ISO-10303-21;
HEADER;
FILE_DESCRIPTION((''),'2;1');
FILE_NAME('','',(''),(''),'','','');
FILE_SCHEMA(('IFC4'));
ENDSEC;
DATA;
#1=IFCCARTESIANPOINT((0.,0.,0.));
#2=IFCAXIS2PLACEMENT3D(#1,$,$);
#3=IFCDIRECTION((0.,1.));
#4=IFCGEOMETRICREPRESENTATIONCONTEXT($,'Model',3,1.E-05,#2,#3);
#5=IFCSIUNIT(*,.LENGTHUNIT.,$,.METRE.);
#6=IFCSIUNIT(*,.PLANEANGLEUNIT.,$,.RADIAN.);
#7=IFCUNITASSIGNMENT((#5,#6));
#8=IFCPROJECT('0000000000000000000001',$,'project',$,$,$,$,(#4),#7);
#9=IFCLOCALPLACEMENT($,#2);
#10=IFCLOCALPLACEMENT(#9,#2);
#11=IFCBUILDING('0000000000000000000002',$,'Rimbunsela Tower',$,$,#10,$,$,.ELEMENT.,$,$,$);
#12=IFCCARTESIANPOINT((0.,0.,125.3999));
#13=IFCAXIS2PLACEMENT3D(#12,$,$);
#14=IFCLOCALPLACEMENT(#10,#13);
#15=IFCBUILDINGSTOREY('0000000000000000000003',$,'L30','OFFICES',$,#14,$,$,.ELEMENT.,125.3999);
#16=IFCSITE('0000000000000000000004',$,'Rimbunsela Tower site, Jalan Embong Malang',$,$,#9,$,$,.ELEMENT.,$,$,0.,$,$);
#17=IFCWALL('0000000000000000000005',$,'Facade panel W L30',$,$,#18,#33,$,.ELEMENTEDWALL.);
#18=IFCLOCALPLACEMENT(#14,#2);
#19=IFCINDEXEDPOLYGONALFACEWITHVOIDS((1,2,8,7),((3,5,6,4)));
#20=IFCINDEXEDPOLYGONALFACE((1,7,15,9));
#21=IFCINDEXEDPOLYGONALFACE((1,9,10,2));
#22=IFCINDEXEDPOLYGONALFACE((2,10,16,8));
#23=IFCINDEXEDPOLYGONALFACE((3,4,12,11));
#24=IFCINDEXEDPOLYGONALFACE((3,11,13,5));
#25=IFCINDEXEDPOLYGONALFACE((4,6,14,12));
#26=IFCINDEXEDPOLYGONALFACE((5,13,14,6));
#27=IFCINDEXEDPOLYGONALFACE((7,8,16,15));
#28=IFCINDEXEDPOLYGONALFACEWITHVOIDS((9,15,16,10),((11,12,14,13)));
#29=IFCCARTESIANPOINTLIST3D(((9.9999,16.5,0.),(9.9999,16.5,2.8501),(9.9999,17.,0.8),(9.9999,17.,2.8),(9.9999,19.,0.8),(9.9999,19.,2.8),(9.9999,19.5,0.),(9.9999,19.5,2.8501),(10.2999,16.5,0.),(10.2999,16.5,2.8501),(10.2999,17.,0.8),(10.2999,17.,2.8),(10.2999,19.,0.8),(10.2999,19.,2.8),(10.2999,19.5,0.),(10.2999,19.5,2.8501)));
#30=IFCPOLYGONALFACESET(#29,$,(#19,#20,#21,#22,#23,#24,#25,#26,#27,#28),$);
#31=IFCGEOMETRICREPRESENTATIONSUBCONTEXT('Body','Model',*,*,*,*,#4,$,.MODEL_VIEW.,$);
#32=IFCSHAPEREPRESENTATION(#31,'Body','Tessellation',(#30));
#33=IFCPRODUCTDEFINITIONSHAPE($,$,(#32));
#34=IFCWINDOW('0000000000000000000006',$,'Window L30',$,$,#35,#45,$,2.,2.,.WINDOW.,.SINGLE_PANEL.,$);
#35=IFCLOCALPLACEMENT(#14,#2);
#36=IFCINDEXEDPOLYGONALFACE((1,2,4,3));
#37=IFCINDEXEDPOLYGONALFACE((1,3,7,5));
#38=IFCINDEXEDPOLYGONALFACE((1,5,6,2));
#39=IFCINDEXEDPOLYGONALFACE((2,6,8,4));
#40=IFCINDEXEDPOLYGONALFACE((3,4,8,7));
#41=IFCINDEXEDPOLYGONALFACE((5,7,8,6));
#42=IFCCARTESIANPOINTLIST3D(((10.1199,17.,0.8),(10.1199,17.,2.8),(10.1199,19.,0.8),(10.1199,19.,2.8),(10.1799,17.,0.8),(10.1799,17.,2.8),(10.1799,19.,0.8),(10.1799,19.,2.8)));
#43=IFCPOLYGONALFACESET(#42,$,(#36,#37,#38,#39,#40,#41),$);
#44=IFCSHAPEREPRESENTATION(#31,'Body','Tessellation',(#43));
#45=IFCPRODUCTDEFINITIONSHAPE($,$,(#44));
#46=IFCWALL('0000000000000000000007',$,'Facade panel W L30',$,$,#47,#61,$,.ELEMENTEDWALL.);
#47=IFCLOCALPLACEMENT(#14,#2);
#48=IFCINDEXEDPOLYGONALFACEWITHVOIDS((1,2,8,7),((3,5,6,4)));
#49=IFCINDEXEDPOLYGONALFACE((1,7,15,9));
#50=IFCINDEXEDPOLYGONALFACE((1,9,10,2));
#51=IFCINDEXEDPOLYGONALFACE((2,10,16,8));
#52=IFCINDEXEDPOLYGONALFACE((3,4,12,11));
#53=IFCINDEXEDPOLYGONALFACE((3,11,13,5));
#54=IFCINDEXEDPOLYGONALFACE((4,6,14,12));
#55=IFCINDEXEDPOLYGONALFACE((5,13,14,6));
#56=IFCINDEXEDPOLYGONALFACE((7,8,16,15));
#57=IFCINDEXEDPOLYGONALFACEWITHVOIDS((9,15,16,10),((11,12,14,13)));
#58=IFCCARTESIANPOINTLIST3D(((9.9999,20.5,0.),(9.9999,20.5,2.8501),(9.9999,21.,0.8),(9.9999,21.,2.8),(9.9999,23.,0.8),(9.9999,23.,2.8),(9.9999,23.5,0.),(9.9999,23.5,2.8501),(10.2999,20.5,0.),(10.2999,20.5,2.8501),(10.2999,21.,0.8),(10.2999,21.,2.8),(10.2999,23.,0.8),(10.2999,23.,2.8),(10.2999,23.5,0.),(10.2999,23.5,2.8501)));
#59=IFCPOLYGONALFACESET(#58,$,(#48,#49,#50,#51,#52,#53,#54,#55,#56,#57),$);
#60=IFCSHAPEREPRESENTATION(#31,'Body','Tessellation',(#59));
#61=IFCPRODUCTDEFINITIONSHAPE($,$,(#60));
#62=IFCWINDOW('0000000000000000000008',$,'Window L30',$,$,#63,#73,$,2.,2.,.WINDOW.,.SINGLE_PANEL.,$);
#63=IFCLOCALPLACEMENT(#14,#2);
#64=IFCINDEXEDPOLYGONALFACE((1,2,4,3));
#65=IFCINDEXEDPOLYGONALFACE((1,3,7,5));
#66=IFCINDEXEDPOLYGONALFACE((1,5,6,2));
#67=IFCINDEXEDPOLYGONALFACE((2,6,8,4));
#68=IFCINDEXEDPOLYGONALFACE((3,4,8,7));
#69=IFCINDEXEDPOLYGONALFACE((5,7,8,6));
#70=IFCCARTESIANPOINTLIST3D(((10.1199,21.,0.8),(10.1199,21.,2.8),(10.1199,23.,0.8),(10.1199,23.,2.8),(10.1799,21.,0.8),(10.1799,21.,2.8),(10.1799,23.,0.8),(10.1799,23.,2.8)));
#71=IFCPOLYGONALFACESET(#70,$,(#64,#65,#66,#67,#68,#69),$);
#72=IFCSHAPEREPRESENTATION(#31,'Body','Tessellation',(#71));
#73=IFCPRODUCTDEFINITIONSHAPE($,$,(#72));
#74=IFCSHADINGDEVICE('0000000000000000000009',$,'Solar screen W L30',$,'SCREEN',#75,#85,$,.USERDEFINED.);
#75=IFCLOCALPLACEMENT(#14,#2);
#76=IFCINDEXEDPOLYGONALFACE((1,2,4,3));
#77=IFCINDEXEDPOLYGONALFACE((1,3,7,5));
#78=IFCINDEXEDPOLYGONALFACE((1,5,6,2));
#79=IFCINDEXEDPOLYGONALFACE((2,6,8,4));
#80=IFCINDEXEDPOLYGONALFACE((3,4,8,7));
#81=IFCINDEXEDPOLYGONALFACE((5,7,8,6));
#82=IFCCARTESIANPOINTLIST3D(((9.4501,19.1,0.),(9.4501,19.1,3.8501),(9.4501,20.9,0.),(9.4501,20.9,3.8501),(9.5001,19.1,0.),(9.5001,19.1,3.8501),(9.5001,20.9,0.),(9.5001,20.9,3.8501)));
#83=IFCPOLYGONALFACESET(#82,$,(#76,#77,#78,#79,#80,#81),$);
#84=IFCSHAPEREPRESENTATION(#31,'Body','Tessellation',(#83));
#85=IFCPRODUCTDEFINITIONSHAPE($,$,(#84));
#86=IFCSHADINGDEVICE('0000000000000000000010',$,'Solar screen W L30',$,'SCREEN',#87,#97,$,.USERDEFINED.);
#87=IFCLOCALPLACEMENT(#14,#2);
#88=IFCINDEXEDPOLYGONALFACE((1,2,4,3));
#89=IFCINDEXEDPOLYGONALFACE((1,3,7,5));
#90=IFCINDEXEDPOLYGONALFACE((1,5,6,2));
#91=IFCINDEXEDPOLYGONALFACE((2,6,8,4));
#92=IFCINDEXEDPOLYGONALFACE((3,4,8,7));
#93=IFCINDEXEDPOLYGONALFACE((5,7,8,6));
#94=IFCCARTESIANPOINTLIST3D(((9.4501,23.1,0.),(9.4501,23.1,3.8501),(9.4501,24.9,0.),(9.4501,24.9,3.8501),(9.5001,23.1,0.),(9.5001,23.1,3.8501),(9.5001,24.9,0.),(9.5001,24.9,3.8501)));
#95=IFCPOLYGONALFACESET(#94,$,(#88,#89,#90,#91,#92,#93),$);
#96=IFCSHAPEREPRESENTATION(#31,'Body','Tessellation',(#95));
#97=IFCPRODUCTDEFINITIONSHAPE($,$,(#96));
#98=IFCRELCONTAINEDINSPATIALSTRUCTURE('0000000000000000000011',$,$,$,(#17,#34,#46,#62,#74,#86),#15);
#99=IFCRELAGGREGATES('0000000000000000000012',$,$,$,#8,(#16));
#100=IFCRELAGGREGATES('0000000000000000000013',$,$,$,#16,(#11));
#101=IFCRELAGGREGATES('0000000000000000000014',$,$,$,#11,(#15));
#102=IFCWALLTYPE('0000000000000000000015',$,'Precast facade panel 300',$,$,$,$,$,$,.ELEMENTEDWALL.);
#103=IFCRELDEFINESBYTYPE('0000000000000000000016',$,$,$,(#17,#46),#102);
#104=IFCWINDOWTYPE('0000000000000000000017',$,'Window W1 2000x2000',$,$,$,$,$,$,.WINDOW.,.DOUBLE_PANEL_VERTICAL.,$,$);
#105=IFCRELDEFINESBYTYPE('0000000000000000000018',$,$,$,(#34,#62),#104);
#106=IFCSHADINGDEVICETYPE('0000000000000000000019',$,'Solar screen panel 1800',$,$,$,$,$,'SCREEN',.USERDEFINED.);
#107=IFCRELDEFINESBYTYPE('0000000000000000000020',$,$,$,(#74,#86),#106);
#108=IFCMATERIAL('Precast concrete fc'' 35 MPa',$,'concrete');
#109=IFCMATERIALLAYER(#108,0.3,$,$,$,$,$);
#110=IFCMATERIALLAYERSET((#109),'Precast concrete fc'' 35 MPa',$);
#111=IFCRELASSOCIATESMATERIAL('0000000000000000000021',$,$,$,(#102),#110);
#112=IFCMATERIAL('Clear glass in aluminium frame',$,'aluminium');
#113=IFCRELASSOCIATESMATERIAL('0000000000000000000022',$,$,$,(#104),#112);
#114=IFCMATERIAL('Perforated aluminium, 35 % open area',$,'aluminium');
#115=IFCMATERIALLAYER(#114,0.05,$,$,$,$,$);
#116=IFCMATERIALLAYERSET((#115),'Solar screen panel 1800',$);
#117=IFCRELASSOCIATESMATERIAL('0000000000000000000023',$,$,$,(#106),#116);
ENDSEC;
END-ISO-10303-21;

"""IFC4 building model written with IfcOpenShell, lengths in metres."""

from ifc_helpers import new_model, si_unit, direction, frame, frame_2d, origin, origin_2d, place, context, subcontext, project, spatial, rectangle, extrude, material, layer, layer_set, type_object, element, fill, save


model = new_model("IFC4")

# Units and contexts
model_context = context("Model", 3, precision=1e-05, world=origin(), true_north=direction((0.0, 1.0)))
body_context = subcontext(model_context, "Body", "Model", "MODEL_VIEW")
ifc_project = project(units=[si_unit("LENGTHUNIT", "METRE"), si_unit("PLANEANGLEUNIT", "RADIAN")], contexts=[model_context])

# Site, building, storey
site_placement = place(None, origin())
site = spatial("IfcSite", under=ifc_project, at=site_placement, Name="Rimbunsela Tower site, Jalan Embong Malang", CompositionType="ELEMENT", RefElevation=0.0)
building_placement = place(site_placement, origin())
building = spatial("IfcBuilding", under=site, at=building_placement, Name="Rimbunsela Tower", CompositionType="ELEMENT")
storey_placement = place(building_placement, frame((0.0, 0.0, 125.3999)))
storey = spatial("IfcBuildingStorey", under=building, at=storey_placement, Name="L30", Description="OFFICES", CompositionType="ELEMENT", Elevation=125.3999)

# Walls, openings, windows
ifc_material_1 = material(Name="Precast concrete fc' 35 MPa", Category="concrete")
ifc_layer_1 = layer(ifc_material_1, 0.3)
ifc_layer_set_1 = layer_set([ifc_layer_1], Name="Precast concrete fc' 35 MPa")
wall_type_1 = type_object("IfcWallType", Name="Precast facade panel 300", PredefinedType="ELEMENTEDWALL", material=ifc_layer_set_1)
wall_1_placement = place(storey_placement, frame((10.1499, 19.5, 0.0), z_axis=(0.0, 0.0, 1.0), x_axis=(0.0, -1.0, 0.0)))
wall_1 = element("IfcWall", 1, at=wall_1_placement, inside=storey, type_object=wall_type_1, Name="Facade panel W L30", PredefinedType="ELEMENTEDWALL", context=body_context, shape_type="SweptSolid", body=[
    extrude(rectangle(XDim=3.0, YDim=0.3, at=frame_2d((1.5, 0.0))), origin(), (0.0, 0.0, 1.0), 2.8501),
])
opening_1_placement = place(wall_1_placement, frame((0.5, 0.0, 0.8)))
opening_1 = element("IfcOpeningElement", 2, at=opening_1_placement, cuts=wall_1, PredefinedType="OPENING", context=body_context, shape_type="SweptSolid", body=[
    extrude(rectangle(XDim=2.0, YDim=2.0, at=frame_2d((1.0, 1.0))), frame((0.0, 0.1599, 0.0), z_axis=(0.0, -1.0, 0.0), x_axis=(1.0, 0.0, 0.0)), (0.0, 0.0, 1.0), 0.3201),
])
ifc_material_2 = material(Name="Clear glass in aluminium frame", Category="aluminium")
window_type = type_object("IfcWindowType", Name="Window W1 2000x2000", PartitioningType="DOUBLE_PANEL_VERTICAL", PredefinedType="WINDOW", material=ifc_material_2)
window_1_placement = place(opening_1_placement, origin())
window_1 = element("IfcWindow", 3, at=window_1_placement, inside=storey, type_object=window_type, Name="Window L30", OverallHeight=2.0, OverallWidth=2.0, PartitioningType="SINGLE_PANEL", PredefinedType="WINDOW", context=body_context, shape_type="SweptSolid", body=[
    extrude(rectangle(XDim=2.0, YDim=2.0, at=frame_2d((1.0, 1.0))), frame((0.0, 0.03, 0.0), z_axis=(0.0, -1.0, 0.0), x_axis=(1.0, 0.0, 0.0)), (0.0, 0.0, 1.0), 0.0601),
])
fill(opening_1, window_1)
wall_2_placement = place(storey_placement, frame((10.1499, 23.5, 0.0), z_axis=(0.0, 0.0, 1.0), x_axis=(0.0, -1.0, 0.0)))
wall_2 = element("IfcWall", 4, at=wall_2_placement, inside=storey, type_object=wall_type_1, Name="Facade panel W L30", PredefinedType="ELEMENTEDWALL", context=body_context, shape_type="SweptSolid", body=[
    extrude(rectangle(XDim=3.0, YDim=0.3, at=frame_2d((1.5, 0.0))), origin(), (0.0, 0.0, 1.0), 2.8501),
])
opening_2_placement = place(wall_2_placement, frame((0.5, 0.0, 0.8)))
opening_2 = element("IfcOpeningElement", 5, at=opening_2_placement, cuts=wall_2, PredefinedType="OPENING", context=body_context, shape_type="SweptSolid", body=[
    extrude(rectangle(XDim=2.0, YDim=2.0, at=frame_2d((1.0, 1.0))), frame((0.0, 0.1599, 0.0), z_axis=(0.0, -1.0, 0.0), x_axis=(1.0, 0.0, 0.0)), (0.0, 0.0, 1.0), 0.3201),
])
window_2_placement = place(opening_2_placement, origin())
window_2 = element("IfcWindow", 6, at=window_2_placement, inside=storey, type_object=window_type, Name="Window L30", OverallHeight=2.0, OverallWidth=2.0, PartitioningType="SINGLE_PANEL", PredefinedType="WINDOW", context=body_context, shape_type="SweptSolid", body=[
    extrude(rectangle(XDim=2.0, YDim=2.0, at=frame_2d((1.0, 1.0))), frame((0.0, 0.03, 0.0), z_axis=(0.0, -1.0, 0.0), x_axis=(1.0, 0.0, 0.0)), (0.0, 0.0, 1.0), 0.0601),
])
fill(opening_2, window_2)

# Shading devices
ifc_material_3 = material(Name="Perforated aluminium, 35 % open area", Category="aluminium")
ifc_layer_2 = layer(ifc_material_3, 0.05)
ifc_layer_set_2 = layer_set([ifc_layer_2], Name="Solar screen panel 1800")
shading_device_type = type_object("IfcShadingDeviceType", Name="Solar screen panel 1800", ElementType="SCREEN", PredefinedType="USERDEFINED", material=ifc_layer_set_2)
for number, where, z_axis, x_axis, name in (
    (7, (9.4751, 20.0, 0.0), (0.0, 0.0, 1.0), (0.0, 1.0, 0.0), "Solar screen W L30"),
    (8, (9.4751, 24.0, 0.0), (0.0, 0.0, 1.0), (0.0, 1.0, 0.0), "Solar screen W L30"),
):
    element("IfcShadingDevice", number, at=place(storey_placement, frame(where, z_axis=z_axis, x_axis=x_axis)), inside=storey, type_object=shading_device_type, Name=name, ObjectType="SCREEN", PredefinedType="USERDEFINED", context=body_context, shape_type="SweptSolid", body=[
        extrude(rectangle(XDim=1.8, YDim=0.05, at=origin_2d()), origin(), (0.0, 0.0, 1.0), 3.8501),
    ])

save(model, "model.ifc")
